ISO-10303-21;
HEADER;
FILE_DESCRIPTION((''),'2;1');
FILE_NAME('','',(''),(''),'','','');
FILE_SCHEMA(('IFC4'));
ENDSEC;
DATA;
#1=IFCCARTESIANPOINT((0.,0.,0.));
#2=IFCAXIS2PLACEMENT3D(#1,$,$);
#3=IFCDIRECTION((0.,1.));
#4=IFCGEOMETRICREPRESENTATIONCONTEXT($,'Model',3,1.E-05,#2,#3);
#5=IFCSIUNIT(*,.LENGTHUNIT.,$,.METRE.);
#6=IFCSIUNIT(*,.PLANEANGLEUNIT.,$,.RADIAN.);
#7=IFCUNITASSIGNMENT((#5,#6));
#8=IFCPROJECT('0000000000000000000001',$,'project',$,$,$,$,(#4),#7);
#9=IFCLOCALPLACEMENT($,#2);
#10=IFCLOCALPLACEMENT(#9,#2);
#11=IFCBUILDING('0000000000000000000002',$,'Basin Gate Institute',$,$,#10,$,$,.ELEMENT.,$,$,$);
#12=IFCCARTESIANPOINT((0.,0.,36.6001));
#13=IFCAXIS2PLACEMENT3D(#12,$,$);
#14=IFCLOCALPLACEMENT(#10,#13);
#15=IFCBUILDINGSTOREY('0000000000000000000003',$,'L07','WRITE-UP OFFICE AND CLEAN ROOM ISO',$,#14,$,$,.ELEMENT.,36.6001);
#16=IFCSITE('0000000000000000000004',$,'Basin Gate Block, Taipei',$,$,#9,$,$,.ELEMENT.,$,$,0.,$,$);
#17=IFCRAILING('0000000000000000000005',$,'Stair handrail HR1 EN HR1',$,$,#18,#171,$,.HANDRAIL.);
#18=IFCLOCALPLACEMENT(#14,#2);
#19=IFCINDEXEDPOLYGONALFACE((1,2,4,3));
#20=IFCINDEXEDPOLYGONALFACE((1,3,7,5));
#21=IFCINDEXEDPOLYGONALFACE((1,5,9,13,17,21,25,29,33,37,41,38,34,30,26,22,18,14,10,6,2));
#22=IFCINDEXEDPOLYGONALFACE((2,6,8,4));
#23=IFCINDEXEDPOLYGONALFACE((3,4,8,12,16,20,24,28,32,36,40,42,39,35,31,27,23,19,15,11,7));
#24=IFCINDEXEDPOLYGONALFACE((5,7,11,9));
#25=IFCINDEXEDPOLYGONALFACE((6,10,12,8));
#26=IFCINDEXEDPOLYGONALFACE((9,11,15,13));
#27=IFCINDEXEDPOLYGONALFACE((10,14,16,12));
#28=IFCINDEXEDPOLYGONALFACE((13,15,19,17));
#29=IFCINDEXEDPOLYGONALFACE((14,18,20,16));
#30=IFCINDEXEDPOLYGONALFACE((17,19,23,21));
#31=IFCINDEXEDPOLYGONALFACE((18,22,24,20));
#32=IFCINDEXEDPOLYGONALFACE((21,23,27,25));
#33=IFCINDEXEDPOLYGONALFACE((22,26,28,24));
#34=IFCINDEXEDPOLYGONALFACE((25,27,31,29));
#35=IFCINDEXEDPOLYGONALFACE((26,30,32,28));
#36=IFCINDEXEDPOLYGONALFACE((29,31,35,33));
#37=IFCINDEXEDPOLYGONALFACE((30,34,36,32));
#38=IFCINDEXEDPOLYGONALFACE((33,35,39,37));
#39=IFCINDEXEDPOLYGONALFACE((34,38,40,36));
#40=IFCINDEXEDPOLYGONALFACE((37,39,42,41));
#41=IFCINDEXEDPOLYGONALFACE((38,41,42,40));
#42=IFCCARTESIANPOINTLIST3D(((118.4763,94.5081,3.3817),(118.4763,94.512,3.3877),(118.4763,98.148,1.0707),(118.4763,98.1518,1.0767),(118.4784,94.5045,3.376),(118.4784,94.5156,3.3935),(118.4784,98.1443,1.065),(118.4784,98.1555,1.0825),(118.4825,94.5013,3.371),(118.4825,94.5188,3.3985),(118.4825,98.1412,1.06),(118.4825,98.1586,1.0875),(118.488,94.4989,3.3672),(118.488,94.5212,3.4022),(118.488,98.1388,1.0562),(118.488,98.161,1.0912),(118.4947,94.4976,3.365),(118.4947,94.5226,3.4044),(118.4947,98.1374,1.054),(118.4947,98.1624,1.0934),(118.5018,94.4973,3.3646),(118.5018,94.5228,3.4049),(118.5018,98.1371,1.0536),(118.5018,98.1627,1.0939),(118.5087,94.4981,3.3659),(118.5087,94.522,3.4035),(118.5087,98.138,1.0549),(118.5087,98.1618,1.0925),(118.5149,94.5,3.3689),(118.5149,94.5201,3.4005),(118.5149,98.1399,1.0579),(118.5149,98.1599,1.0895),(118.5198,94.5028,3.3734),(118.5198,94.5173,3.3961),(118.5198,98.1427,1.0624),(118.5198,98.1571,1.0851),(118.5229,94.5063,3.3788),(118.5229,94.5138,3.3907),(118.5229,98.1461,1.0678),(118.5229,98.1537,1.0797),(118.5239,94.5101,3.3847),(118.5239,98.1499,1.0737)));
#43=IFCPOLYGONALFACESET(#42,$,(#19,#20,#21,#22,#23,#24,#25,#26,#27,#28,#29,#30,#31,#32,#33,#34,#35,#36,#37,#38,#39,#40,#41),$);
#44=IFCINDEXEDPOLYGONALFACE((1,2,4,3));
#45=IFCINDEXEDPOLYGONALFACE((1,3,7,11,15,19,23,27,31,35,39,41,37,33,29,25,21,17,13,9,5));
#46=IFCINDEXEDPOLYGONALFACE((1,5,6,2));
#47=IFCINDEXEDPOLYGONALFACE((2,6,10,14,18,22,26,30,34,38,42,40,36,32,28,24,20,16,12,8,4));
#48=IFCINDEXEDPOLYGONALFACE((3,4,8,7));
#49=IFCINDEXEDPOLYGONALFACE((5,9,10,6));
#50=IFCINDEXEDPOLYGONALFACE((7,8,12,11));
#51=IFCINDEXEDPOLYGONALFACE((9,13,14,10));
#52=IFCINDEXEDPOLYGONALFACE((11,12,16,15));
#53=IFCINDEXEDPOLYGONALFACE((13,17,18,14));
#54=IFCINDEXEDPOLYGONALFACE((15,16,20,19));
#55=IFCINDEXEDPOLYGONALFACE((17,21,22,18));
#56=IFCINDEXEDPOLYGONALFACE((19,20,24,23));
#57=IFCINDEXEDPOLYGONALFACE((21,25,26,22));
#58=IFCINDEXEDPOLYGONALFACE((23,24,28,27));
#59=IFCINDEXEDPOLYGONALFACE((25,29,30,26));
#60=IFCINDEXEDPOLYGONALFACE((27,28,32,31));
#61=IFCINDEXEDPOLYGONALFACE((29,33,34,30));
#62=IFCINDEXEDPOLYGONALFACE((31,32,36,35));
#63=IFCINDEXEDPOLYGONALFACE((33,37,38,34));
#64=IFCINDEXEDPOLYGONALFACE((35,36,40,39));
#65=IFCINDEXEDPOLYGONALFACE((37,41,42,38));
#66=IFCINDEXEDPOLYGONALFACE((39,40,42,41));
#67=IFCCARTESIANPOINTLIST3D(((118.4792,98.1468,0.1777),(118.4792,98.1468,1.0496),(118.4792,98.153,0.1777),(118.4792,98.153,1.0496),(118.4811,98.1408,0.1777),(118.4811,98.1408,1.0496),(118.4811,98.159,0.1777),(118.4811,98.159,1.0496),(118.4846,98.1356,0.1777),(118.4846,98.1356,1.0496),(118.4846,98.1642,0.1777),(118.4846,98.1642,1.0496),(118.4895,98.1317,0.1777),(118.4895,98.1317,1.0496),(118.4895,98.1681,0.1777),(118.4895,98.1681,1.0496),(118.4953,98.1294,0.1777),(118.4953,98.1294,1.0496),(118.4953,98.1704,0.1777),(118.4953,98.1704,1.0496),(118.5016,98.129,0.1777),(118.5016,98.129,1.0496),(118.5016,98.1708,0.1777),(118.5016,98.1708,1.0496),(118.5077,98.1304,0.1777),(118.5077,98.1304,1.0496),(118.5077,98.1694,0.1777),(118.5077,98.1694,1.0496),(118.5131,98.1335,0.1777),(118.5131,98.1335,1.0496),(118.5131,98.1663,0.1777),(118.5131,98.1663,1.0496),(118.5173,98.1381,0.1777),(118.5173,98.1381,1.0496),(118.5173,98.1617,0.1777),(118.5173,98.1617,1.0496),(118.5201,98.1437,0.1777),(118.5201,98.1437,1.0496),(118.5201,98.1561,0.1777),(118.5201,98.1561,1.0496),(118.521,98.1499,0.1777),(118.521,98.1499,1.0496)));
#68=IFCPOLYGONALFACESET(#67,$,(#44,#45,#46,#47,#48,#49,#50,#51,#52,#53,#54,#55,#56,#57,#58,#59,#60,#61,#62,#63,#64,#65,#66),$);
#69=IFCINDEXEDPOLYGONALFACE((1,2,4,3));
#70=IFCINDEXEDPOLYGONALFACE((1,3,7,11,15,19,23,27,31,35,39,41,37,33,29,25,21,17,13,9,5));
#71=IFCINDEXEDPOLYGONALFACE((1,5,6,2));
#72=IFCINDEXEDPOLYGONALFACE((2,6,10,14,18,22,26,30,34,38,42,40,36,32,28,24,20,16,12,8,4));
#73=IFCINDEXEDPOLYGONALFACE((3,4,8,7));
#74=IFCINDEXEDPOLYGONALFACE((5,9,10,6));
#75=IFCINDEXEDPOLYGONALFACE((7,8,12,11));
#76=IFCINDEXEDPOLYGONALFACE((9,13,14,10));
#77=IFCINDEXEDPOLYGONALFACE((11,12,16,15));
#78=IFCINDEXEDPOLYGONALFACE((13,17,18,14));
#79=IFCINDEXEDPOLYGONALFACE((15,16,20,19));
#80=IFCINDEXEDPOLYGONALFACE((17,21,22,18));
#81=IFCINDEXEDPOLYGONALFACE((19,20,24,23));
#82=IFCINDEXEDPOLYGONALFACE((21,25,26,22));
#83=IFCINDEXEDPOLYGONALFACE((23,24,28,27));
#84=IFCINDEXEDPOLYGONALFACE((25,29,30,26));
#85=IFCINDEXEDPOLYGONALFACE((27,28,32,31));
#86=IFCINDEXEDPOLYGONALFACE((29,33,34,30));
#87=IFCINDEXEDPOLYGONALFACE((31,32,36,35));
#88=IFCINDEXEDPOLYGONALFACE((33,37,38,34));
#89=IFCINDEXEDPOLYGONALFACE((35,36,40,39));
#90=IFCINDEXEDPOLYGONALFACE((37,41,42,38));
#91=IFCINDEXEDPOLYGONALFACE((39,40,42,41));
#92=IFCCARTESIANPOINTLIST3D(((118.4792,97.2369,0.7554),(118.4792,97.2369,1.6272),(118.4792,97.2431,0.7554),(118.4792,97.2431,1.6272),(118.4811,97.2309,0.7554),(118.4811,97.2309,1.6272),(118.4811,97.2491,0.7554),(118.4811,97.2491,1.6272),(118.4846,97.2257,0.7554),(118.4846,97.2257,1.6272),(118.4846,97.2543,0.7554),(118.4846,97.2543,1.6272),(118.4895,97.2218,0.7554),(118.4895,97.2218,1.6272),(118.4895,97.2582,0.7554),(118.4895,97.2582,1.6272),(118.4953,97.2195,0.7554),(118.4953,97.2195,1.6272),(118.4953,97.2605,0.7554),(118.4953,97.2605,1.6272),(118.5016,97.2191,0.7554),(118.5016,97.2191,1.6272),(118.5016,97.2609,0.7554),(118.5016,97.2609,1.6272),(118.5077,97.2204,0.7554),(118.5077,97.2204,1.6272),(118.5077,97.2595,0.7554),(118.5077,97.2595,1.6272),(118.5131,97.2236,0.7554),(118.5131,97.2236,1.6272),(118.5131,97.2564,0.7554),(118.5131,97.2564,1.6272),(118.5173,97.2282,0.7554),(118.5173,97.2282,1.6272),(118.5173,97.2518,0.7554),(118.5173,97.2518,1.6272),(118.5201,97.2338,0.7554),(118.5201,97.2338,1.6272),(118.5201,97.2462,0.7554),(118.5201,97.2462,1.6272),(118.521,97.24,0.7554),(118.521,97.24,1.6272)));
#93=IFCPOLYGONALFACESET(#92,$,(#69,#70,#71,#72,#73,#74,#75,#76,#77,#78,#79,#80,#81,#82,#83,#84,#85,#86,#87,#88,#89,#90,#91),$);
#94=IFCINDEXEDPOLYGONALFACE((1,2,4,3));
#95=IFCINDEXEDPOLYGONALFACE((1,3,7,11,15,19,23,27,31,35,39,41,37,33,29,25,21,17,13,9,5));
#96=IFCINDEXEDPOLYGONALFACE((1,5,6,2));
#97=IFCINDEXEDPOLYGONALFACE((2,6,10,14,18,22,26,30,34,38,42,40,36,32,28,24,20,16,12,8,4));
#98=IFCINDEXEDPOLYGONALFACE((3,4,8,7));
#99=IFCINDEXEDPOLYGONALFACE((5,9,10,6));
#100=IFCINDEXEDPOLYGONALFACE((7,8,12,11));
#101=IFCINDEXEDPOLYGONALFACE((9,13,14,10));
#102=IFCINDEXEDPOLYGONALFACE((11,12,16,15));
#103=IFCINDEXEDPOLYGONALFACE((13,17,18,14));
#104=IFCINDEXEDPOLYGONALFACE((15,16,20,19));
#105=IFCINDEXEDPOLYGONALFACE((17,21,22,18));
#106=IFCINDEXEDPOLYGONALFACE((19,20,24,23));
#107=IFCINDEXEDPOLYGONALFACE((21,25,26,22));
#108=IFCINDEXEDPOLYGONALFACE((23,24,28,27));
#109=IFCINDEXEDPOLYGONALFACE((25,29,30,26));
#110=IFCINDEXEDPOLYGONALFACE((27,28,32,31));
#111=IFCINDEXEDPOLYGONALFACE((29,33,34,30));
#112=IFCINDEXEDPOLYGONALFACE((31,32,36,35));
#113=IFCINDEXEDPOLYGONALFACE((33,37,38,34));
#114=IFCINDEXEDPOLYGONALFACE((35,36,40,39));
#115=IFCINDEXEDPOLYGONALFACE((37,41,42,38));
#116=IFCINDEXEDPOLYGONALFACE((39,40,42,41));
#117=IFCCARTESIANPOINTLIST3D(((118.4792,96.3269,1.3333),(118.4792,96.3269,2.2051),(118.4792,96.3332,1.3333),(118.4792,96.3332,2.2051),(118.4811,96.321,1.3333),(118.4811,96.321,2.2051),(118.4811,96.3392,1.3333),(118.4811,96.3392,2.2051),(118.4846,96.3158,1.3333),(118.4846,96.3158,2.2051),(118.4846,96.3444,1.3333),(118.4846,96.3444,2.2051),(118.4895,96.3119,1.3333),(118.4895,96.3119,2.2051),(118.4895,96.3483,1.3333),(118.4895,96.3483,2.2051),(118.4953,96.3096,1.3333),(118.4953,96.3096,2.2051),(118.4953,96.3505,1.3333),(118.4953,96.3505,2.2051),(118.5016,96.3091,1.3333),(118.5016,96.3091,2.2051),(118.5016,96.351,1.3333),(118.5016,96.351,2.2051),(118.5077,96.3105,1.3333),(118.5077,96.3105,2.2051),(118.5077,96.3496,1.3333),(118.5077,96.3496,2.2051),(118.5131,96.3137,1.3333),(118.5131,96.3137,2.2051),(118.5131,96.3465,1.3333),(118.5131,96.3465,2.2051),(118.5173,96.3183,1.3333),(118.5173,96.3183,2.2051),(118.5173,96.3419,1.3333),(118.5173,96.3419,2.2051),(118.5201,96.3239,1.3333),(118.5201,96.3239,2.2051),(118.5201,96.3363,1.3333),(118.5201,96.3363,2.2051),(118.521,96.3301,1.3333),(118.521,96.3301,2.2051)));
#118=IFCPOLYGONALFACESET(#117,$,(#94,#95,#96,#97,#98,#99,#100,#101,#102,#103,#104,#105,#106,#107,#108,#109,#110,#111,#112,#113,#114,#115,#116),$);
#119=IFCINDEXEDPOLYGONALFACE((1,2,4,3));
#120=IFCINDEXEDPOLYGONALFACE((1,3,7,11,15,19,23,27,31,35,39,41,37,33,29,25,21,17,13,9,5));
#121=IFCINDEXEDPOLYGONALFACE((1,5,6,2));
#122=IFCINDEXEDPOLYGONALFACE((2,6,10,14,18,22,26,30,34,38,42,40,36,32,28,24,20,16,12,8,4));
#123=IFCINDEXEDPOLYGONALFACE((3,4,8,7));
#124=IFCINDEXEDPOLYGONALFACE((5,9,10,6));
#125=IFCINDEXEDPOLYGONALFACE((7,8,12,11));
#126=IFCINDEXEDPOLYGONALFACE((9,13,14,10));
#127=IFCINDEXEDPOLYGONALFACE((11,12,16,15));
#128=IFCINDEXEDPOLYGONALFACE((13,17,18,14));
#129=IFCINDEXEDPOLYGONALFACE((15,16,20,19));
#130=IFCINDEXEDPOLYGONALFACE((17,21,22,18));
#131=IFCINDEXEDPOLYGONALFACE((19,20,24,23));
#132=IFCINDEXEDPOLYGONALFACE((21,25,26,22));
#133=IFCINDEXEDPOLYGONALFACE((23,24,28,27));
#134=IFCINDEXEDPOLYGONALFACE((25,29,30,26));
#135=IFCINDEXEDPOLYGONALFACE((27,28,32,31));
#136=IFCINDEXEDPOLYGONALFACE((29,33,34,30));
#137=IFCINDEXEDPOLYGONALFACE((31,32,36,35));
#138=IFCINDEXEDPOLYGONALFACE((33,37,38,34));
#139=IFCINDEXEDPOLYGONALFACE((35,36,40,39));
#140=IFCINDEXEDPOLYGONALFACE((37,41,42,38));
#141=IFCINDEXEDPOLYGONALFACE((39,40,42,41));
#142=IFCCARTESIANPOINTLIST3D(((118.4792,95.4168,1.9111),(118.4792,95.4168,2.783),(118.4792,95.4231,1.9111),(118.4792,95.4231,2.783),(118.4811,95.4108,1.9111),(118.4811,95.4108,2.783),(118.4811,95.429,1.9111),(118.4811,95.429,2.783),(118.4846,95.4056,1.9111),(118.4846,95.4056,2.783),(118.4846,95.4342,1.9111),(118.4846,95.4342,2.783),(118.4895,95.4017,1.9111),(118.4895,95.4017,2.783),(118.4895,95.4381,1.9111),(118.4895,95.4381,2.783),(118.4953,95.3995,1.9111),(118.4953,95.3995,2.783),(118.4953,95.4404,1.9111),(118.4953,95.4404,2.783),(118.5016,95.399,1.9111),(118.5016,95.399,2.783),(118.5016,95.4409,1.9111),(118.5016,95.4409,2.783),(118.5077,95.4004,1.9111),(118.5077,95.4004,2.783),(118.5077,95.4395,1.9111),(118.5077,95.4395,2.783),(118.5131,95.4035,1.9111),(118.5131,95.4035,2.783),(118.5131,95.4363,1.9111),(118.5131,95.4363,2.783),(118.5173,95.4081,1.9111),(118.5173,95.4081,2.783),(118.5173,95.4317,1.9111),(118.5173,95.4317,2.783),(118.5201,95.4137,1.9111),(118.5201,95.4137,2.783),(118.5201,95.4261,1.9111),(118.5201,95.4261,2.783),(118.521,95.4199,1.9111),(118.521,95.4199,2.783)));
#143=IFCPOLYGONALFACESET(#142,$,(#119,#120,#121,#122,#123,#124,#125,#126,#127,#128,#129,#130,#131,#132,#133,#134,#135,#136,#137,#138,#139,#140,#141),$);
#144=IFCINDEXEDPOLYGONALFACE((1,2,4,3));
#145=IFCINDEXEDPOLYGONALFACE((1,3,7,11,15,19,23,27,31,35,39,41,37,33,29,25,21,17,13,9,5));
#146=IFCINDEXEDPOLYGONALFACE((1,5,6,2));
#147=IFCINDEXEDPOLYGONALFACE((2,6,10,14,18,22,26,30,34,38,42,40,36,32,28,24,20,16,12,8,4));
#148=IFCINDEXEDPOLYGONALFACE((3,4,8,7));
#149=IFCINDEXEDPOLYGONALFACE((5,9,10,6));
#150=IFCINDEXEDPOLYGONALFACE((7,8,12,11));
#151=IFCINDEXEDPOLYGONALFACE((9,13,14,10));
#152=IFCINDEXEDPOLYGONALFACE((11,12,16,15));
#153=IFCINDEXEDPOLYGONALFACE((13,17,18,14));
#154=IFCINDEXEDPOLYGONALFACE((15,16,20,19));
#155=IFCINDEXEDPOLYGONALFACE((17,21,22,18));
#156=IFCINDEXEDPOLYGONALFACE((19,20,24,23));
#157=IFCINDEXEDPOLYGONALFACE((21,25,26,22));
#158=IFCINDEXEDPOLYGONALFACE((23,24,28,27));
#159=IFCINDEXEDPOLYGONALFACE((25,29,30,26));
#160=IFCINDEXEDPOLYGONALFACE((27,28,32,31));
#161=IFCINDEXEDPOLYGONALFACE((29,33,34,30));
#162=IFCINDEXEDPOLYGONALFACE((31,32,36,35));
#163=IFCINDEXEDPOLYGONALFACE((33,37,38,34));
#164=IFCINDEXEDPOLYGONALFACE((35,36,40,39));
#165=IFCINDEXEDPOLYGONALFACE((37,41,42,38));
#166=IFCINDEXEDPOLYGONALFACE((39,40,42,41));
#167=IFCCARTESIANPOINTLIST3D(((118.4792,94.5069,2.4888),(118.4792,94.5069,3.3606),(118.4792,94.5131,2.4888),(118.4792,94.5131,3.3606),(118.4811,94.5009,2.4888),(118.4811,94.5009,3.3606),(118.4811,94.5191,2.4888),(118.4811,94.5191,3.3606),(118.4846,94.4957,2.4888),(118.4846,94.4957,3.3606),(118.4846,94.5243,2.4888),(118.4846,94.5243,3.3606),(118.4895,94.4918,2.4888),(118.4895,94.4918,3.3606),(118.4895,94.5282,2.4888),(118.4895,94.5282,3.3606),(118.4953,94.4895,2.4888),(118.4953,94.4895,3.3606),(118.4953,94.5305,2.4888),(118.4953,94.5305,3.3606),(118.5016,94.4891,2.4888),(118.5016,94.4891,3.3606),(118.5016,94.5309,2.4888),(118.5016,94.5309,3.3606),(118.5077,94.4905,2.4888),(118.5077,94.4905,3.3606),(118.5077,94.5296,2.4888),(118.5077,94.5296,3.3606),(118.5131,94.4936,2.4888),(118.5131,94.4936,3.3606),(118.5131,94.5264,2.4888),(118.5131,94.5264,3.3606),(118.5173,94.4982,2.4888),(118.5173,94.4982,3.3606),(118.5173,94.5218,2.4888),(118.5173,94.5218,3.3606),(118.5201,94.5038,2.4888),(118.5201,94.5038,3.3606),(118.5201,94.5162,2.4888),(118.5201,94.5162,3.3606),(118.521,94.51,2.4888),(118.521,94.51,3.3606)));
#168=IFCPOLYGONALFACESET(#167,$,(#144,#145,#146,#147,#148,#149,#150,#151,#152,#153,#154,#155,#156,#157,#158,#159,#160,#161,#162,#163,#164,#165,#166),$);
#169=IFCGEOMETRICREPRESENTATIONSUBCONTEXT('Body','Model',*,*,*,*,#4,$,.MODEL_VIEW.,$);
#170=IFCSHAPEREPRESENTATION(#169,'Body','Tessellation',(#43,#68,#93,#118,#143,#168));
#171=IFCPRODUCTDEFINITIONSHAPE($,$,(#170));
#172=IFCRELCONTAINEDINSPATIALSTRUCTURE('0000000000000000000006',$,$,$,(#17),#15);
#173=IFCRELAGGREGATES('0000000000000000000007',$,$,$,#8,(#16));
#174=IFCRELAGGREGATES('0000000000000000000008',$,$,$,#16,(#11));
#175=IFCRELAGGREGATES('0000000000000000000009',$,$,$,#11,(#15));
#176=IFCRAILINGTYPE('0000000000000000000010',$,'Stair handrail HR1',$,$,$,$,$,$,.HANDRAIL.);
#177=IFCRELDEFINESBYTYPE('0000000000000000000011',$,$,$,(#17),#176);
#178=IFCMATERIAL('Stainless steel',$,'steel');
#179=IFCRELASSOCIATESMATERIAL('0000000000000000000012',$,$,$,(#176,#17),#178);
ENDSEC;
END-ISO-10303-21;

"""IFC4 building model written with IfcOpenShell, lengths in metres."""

from ifc_helpers import new_model, si_unit, direction, frame, origin, origin_2d, place, context, subcontext, project, spatial, circle, extrude, material, type_object, element, save


model = new_model("IFC4")

# Units and contexts
model_context = context("Model", 3, precision=1e-05, world=origin(), true_north=direction((0.0, 1.0)))
body_context = subcontext(model_context, "Body", "Model", "MODEL_VIEW")
ifc_project = project(units=[si_unit("LENGTHUNIT", "METRE"), si_unit("PLANEANGLEUNIT", "RADIAN")], contexts=[model_context])

# Site, building, storey
site_placement = place(None, origin())
site = spatial("IfcSite", under=ifc_project, at=site_placement, Name="Basin Gate Block, Taipei", CompositionType="ELEMENT", RefElevation=0.0)
building_placement = place(site_placement, origin())
building = spatial("IfcBuilding", under=site, at=building_placement, Name="Basin Gate Institute", CompositionType="ELEMENT")
storey_placement = place(building_placement, frame((0.0, 0.0, 36.6001)))
storey = spatial("IfcBuildingStorey", under=building, at=storey_placement, Name="L07", Description="WRITE-UP OFFICE AND CLEAN ROOM ISO", CompositionType="ELEMENT", Elevation=36.6001)

# Railing
ifc_material_1 = material(Name="Stainless steel", Category="steel")
railing_type_1 = type_object("IfcRailingType", Name="Stair handrail HR1", PredefinedType="HANDRAIL", material=ifc_material_1)
for number, where, name in (
    (1, (118.5, 98.1499, 0.1777), "Stair handrail HR1 EN HR1"),
):
    element("IfcRailing", number, at=place(storey_placement, frame(where)), inside=storey, type_object=railing_type_1, material=ifc_material_1, Name=name, PredefinedType="HANDRAIL", context=body_context, shape_type="SweptSolid", body=[
        extrude(circle(Radius=0.0239, at=origin_2d()), frame((0.0, 0.0, 0.896), z_axis=(0.0, -0.844214, 0.536007), x_axis=(1.0, 0.0, 0.0)), (0.0, 0.0, 1.0), 4.3115),
        extrude(circle(Radius=0.021, at=origin_2d()), origin(), (0.0, 0.0, 1.0), 0.8718),
        extrude(circle(Radius=0.021, at=origin_2d()), frame((0.0, -0.9099, 0.5776)), (0.0, 0.0, 1.0), 0.8718),
        extrude(circle(Radius=0.021, at=origin_2d()), frame((0.0, -1.8198, 1.1555)), (0.0, 0.0, 1.0), 0.8718),
        extrude(circle(Radius=0.021, at=origin_2d()), frame((0.0, -2.73, 1.7334)), (0.0, 0.0, 1.0), 0.8718),
        extrude(circle(Radius=0.021, at=origin_2d()), frame((0.0, -3.6399, 2.311)), (0.0, 0.0, 1.0), 0.8718),
    ])

save(model, "model.ifc")
